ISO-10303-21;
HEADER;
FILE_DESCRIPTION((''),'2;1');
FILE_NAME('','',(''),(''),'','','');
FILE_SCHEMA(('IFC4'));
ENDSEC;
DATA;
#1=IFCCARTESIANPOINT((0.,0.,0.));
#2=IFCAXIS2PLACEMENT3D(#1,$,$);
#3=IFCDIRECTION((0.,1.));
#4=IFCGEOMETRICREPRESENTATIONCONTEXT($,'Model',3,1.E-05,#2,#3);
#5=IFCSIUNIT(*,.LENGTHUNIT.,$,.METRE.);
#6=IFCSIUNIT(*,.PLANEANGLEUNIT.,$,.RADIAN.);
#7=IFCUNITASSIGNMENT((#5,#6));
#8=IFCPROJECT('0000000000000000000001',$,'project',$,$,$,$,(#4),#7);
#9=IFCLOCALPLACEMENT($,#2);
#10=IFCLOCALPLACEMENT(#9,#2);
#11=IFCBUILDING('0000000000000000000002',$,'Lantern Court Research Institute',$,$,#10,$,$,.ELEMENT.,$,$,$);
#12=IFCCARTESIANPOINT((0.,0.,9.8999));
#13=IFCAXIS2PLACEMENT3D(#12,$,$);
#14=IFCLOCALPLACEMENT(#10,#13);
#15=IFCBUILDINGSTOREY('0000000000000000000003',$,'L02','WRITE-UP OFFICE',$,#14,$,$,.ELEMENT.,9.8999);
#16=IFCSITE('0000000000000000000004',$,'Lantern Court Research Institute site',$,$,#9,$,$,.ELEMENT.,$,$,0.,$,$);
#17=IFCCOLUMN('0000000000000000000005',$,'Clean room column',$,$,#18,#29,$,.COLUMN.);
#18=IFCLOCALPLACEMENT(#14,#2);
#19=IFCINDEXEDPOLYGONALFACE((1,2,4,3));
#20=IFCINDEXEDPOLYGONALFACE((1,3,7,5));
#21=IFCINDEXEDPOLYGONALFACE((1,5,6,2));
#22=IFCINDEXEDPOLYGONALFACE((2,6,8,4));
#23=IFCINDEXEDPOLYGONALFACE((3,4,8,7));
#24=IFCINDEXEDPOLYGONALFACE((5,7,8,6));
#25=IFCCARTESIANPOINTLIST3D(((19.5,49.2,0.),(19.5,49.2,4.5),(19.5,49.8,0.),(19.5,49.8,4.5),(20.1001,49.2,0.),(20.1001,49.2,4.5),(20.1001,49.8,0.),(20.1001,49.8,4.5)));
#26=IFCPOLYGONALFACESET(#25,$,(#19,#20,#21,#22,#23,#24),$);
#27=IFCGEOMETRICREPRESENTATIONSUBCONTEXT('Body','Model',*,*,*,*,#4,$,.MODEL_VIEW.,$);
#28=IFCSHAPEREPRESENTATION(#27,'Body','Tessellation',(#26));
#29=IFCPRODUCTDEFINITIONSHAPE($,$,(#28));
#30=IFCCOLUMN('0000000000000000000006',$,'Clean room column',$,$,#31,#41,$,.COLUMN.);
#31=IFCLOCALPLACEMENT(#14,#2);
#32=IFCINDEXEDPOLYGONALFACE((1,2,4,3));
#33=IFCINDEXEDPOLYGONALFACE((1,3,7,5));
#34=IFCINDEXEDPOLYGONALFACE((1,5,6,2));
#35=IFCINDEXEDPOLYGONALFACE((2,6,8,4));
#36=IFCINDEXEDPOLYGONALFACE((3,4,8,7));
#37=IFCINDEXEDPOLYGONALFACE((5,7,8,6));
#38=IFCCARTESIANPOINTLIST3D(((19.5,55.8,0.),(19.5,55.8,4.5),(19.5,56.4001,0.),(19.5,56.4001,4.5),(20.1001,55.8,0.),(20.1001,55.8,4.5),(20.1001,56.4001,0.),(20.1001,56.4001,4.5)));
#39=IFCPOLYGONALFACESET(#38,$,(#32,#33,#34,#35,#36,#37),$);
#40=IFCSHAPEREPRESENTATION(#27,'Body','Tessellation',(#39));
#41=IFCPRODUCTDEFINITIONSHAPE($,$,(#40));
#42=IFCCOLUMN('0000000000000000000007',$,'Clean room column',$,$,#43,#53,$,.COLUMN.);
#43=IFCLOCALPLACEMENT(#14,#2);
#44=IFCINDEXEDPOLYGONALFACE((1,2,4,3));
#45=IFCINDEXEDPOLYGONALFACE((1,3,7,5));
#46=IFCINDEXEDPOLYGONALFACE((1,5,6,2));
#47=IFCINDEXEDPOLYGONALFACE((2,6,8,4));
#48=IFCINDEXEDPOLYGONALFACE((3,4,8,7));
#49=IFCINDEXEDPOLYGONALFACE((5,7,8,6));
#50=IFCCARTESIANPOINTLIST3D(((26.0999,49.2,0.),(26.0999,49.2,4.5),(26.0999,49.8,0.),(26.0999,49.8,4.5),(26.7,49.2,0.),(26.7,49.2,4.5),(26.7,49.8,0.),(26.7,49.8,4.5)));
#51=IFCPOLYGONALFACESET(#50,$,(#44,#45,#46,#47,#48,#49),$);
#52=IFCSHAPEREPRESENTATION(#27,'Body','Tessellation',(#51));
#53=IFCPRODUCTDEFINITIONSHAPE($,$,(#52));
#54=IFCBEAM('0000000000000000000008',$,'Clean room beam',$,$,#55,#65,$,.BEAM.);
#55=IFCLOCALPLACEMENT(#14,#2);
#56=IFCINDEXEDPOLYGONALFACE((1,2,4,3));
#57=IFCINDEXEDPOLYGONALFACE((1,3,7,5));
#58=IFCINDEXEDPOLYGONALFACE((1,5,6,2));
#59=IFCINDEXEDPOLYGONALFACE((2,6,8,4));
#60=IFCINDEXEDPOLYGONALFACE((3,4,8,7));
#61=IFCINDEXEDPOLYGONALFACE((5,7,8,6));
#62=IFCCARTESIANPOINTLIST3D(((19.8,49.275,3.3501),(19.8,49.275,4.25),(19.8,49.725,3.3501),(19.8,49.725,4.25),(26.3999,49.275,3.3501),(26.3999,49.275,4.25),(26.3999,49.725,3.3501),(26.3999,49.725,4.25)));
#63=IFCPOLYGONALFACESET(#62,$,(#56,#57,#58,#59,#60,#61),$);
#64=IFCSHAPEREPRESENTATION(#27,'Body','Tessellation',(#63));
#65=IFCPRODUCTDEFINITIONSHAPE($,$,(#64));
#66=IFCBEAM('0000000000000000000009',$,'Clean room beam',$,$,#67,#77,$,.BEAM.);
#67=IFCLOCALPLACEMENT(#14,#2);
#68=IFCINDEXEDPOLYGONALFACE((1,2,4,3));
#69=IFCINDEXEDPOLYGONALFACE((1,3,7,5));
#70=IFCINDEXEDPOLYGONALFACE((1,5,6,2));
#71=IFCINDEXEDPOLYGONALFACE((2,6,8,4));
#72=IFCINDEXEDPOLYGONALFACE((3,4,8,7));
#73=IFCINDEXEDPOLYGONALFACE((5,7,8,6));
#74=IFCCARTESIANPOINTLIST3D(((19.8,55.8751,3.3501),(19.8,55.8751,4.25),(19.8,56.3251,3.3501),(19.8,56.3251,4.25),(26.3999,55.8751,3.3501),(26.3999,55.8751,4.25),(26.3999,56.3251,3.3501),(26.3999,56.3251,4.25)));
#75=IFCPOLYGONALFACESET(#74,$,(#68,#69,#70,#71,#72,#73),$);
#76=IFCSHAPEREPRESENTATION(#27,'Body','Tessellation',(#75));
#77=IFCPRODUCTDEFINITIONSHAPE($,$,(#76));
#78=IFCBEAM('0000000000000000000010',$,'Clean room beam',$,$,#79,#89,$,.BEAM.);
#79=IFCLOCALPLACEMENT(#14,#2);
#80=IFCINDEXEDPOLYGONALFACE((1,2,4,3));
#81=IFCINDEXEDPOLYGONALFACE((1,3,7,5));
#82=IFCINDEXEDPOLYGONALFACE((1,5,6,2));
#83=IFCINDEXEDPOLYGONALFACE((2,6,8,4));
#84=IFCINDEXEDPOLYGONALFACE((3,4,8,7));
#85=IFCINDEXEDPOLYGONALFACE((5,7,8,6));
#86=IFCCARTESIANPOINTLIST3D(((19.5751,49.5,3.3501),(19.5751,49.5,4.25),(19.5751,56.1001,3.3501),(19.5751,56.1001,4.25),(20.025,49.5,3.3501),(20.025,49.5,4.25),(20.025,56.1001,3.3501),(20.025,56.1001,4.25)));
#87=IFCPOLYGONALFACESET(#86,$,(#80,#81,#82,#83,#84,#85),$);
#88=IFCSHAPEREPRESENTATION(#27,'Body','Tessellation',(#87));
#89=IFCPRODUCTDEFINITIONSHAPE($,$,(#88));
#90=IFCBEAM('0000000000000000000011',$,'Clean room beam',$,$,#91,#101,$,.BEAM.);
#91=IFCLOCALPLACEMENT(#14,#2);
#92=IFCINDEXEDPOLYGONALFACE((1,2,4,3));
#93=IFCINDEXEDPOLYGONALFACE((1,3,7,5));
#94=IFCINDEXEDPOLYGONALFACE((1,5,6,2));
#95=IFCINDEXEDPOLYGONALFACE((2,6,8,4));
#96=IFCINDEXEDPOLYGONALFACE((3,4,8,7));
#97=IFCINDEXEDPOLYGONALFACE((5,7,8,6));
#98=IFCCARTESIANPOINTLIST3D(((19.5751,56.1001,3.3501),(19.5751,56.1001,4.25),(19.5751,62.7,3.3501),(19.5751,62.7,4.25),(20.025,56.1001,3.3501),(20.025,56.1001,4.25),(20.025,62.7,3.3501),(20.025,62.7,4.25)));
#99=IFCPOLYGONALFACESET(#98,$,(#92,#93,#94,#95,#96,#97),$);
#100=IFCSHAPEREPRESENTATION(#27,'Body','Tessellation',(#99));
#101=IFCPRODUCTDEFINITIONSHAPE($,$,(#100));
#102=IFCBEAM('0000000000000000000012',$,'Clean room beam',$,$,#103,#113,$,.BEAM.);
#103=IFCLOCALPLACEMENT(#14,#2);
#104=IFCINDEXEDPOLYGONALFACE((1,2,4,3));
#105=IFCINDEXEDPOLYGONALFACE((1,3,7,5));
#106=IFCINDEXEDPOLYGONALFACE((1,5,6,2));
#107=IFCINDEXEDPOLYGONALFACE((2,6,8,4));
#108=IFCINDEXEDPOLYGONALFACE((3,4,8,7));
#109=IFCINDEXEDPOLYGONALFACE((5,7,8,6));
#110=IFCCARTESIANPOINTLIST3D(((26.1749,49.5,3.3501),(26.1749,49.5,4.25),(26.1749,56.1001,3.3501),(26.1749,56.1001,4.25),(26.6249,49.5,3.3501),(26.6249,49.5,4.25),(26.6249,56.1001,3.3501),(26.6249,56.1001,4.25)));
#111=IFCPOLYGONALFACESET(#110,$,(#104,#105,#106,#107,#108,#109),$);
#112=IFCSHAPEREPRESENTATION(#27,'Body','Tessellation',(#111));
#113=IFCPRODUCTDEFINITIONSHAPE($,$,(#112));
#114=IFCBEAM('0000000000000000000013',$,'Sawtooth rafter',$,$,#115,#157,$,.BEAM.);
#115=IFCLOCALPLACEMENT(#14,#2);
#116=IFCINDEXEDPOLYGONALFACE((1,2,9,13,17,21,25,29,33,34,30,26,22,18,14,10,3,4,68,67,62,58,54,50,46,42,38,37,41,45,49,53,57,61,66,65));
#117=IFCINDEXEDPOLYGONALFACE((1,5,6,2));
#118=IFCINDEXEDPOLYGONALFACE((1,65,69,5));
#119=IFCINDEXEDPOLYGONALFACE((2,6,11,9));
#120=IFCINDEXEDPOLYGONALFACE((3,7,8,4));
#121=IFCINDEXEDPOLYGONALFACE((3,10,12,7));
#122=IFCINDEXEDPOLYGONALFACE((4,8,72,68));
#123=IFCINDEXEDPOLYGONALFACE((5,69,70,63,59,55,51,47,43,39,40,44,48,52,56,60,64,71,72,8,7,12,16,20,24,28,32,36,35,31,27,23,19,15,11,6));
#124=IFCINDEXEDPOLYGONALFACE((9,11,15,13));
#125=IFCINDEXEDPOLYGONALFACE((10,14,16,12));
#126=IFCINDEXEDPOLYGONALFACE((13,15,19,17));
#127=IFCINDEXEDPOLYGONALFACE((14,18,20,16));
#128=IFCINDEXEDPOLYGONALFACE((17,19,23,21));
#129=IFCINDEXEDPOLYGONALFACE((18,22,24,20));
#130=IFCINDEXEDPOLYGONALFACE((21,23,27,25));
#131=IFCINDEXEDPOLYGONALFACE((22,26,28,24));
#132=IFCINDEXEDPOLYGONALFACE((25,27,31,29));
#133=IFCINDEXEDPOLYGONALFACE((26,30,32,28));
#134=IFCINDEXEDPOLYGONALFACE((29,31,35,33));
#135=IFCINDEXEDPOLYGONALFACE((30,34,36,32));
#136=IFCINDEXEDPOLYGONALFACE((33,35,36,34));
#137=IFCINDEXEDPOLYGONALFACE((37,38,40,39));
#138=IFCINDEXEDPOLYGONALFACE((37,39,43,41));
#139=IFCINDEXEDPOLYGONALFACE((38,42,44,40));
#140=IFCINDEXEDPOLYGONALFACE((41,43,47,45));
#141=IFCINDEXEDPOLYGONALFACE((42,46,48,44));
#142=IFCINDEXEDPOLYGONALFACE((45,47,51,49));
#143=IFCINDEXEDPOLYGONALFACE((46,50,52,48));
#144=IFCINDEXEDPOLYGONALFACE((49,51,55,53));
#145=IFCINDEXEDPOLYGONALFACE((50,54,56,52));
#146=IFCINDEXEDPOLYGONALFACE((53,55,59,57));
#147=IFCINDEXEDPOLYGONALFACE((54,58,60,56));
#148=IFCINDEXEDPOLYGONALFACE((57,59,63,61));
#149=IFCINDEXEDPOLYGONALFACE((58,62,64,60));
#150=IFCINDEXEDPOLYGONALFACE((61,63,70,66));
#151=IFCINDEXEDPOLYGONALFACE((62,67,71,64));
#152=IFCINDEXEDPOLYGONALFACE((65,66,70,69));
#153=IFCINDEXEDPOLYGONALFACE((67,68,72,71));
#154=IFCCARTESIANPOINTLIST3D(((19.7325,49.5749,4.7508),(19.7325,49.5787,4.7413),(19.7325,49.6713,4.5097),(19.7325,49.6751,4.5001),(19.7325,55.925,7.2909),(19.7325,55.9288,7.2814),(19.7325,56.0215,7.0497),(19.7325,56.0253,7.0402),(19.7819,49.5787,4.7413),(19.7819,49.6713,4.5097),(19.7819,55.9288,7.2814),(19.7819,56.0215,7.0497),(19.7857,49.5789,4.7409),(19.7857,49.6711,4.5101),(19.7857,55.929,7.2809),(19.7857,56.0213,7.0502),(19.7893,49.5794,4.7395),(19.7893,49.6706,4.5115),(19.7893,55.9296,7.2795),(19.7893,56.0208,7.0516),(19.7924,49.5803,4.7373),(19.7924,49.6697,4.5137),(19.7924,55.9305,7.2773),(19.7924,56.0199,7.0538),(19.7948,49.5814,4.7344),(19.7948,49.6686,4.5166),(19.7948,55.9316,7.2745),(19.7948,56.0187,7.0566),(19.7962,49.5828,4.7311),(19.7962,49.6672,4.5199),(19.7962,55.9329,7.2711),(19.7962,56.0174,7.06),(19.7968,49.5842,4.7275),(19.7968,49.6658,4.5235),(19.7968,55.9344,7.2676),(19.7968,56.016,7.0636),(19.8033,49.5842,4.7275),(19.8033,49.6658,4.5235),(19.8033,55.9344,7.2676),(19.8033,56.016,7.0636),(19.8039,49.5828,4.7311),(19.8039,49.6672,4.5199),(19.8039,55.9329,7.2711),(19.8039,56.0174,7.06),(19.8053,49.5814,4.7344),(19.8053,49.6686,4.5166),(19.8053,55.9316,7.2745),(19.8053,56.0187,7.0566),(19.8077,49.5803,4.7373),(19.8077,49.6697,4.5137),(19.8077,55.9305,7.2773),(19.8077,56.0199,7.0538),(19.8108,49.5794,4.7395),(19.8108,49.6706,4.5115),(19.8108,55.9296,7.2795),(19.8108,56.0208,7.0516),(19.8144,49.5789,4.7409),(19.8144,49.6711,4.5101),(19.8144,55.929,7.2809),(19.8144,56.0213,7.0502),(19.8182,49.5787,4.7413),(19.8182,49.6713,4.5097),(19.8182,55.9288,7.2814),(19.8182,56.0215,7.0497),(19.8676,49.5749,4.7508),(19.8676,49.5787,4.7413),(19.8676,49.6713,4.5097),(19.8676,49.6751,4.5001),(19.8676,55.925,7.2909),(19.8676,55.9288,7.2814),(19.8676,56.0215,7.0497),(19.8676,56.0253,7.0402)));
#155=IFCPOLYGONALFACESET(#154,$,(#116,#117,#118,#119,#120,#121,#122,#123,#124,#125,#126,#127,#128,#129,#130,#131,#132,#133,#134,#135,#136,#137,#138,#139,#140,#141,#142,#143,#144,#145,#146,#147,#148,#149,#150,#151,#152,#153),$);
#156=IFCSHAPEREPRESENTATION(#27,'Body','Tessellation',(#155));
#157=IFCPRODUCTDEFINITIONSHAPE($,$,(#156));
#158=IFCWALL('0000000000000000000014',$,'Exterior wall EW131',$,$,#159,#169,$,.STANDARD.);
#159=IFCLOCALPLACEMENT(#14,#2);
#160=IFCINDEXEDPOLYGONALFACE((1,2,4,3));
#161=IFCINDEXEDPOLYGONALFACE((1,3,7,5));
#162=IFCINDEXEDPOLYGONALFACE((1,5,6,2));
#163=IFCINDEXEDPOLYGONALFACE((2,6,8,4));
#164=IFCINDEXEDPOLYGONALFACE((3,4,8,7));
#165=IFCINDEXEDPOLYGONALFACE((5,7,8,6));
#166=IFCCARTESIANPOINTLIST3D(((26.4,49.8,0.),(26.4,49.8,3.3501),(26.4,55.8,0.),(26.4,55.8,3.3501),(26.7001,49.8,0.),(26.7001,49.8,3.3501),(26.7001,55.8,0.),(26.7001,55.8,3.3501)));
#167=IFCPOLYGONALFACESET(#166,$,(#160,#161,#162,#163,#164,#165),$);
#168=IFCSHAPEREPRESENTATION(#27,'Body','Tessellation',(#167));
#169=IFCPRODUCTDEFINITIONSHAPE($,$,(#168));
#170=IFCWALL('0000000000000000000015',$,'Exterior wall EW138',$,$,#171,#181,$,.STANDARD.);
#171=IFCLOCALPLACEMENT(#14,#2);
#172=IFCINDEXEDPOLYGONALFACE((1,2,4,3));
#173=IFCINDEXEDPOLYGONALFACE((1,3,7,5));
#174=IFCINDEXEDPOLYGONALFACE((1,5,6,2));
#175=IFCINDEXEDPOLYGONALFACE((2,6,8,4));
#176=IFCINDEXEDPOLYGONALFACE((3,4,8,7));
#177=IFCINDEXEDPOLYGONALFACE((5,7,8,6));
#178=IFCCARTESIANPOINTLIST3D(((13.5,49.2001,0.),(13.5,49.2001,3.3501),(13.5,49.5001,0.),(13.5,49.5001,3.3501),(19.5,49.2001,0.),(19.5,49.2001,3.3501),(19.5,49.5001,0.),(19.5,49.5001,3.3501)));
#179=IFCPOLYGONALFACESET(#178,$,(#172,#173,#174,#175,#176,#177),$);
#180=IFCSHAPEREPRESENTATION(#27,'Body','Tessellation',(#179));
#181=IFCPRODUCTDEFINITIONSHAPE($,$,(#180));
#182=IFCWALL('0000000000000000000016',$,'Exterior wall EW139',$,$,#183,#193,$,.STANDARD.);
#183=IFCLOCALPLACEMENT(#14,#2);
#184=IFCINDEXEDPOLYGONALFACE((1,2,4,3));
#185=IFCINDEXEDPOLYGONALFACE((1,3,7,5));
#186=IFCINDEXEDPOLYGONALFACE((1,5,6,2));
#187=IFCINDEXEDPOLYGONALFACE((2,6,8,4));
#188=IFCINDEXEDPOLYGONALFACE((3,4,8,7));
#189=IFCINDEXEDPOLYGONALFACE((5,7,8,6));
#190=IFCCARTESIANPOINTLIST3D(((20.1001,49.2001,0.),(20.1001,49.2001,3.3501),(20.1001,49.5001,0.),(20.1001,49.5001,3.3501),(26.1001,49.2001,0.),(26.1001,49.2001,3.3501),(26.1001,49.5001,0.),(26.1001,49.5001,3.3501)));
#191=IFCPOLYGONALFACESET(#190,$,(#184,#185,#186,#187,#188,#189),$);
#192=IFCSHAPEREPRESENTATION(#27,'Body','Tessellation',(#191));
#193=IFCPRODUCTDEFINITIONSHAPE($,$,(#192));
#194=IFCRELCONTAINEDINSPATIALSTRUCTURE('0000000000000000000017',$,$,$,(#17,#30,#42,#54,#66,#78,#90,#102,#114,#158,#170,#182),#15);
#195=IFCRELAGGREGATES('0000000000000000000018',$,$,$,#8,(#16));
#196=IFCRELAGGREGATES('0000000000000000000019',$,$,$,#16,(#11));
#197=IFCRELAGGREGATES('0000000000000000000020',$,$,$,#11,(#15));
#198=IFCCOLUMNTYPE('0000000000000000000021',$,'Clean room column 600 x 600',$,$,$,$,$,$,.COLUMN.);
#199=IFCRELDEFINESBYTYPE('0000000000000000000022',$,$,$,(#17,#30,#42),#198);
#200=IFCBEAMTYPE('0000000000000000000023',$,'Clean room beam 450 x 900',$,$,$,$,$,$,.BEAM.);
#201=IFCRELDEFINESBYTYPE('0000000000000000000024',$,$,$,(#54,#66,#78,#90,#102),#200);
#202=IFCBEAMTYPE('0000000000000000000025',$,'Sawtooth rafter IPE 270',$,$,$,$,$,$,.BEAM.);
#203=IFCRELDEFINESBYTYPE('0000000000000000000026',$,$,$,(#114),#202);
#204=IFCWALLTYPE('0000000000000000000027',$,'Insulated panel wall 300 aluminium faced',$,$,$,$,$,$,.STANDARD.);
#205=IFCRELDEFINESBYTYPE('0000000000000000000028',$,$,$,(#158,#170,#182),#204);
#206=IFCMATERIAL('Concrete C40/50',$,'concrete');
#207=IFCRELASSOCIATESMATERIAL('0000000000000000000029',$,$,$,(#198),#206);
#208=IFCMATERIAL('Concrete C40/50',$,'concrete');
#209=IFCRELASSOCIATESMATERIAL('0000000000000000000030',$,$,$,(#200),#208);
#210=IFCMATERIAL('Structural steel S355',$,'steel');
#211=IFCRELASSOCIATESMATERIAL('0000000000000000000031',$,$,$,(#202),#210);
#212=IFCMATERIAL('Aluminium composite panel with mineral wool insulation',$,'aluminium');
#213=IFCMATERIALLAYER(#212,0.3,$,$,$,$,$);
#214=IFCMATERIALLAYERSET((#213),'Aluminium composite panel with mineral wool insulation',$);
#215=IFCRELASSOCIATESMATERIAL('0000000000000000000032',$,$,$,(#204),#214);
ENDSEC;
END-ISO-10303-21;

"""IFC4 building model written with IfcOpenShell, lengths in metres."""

from ifc_helpers import new_model, si_unit, direction, frame, frame_2d, origin, origin_2d, place, context, subcontext, project, spatial, rectangle, i_section, extrude, material, layer, layer_set, material_profile, profile_set, type_object, element, save


model = new_model("IFC4")

# Units and contexts
model_context = context("Model", 3, precision=1e-05, world=origin(), true_north=direction((0.0, 1.0)))
body_context = subcontext(model_context, "Body", "Model", "MODEL_VIEW")
ifc_project = project(units=[si_unit("LENGTHUNIT", "METRE"), si_unit("PLANEANGLEUNIT", "RADIAN")], contexts=[model_context])

# Site, building, storey
site_placement = place(None, origin())
site = spatial("IfcSite", under=ifc_project, at=site_placement, Name="Lantern Court Research Institute site", CompositionType="ELEMENT", RefElevation=0.0)
building_placement = place(site_placement, origin())
building = spatial("IfcBuilding", under=site, at=building_placement, Name="Lantern Court Research Institute", CompositionType="ELEMENT")
storey_placement = place(building_placement, frame((0.0, 0.0, 9.8999)))
storey = spatial("IfcBuildingStorey", under=building, at=storey_placement, Name="L02", Description="WRITE-UP OFFICE", CompositionType="ELEMENT", Elevation=9.8999)

# Columns
ifc_material_1 = material(Name="Concrete C40/50", Category="concrete")
ifc_material_profile_1 = material_profile(ifc_material_1, rectangle(XDim=0.6001, YDim=0.6001, at=origin_2d()), Name="Clean room column 600 x 600")
ifc_profile_set_1 = profile_set([ifc_material_profile_1], Name="Concrete C40/50")
column_type = type_object("IfcColumnType", Name="Clean room column 600 x 600", PredefinedType="COLUMN", material=ifc_profile_set_1)
for number, where, z_axis, x_axis, name in (
    (1, (19.8, 49.5, 0.0), (0.0, 0.0, 1.0), (1.0, 0.0, 0.0), "Clean room column"),
    (2, (19.8, 56.1001, 0.0), (0.0, 0.0, 1.0), (1.0, 0.0, 0.0), "Clean room column"),
    (3, (26.3999, 49.5, 0.0), (0.0, 0.0, 1.0), (1.0, 0.0, 0.0), "Clean room column"),
):
    element("IfcColumn", number, at=place(storey_placement, frame(where, z_axis=z_axis, x_axis=x_axis)), inside=storey, type_object=column_type, Name=name, PredefinedType="COLUMN", context=body_context, shape_type="SweptSolid", body=[
        extrude(rectangle(XDim=0.6001, YDim=0.6001, at=origin_2d()), origin(), (0.0, 0.0, 1.0), 4.5),
    ])

# Beams
ifc_material_2 = material(Name="Concrete C40/50", Category="concrete")
ifc_material_profile_2 = material_profile(ifc_material_2, rectangle(XDim=0.45, YDim=0.8999, at=origin_2d()), Name="Clean room beam 450 x 900")
ifc_profile_set_2 = profile_set([ifc_material_profile_2], Name="Concrete C40/50")
beam_type_1 = type_object("IfcBeamType", Name="Clean room beam 450 x 900", PredefinedType="BEAM", material=ifc_profile_set_2)
for number, where, z_axis, x_axis, name in (
    (4, (19.8, 49.5, 3.8), (1.0, 0.0, 0.0), (0.0, 1.0, 0.0), "Clean room beam"),
    (5, (19.8, 56.1001, 3.8), (1.0, 0.0, 0.0), (0.0, 1.0, 0.0), "Clean room beam"),
):
    element("IfcBeam", number, at=place(storey_placement, frame(where, z_axis=z_axis, x_axis=x_axis)), inside=storey, type_object=beam_type_1, Name=name, PredefinedType="BEAM", context=body_context, shape_type="SweptSolid", body=[
        extrude(rectangle(XDim=0.45, YDim=0.8999, at=origin_2d()), origin(), (0.0, 0.0, 1.0), 6.5999),
    ])
beam_1_placement = place(storey_placement, frame((19.8, 49.5, 3.8), z_axis=(0.0, 1.0, 0.0), x_axis=(-1.0, 0.0, 0.0)))
element("IfcBeam", 6, at=beam_1_placement, inside=storey, type_object=beam_type_1, Name="Clean room beam", PredefinedType="BEAM", context=body_context, shape_type="SweptSolid", body=[
    extrude(rectangle(XDim=0.45, YDim=0.8999, at=origin_2d()), origin(), (0.0, 0.0, 1.0), 6.6001),
])
beam_2_placement = place(storey_placement, frame((19.8, 56.1001, 3.8), z_axis=(0.0, 1.0, 0.0), x_axis=(-1.0, 0.0, 0.0)))
element("IfcBeam", 7, at=beam_2_placement, inside=storey, type_object=beam_type_1, Name="Clean room beam", PredefinedType="BEAM", context=body_context, shape_type="SweptSolid", body=[
    extrude(rectangle(XDim=0.45, YDim=0.8999, at=origin_2d()), origin(), (0.0, 0.0, 1.0), 6.5999),
])
beam_3_placement = place(storey_placement, frame((26.3999, 49.5, 3.8), z_axis=(0.0, 1.0, 0.0), x_axis=(-1.0, 0.0, 0.0)))
element("IfcBeam", 8, at=beam_3_placement, inside=storey, type_object=beam_type_1, Name="Clean room beam", PredefinedType="BEAM", context=body_context, shape_type="SweptSolid", body=[
    extrude(rectangle(XDim=0.45, YDim=0.8999, at=origin_2d()), origin(), (0.0, 0.0, 1.0), 6.6001),
])
ifc_material_3 = material(Name="Structural steel S355", Category="steel")
ifc_material_profile_3 = material_profile(ifc_material_3, i_section(OverallWidth=0.135, OverallDepth=0.27, WebThickness=0.0066, FlangeThickness=0.0103, FilletRadius=0.0149, at=origin_2d()), Name="IPE 270")
ifc_profile_set_3 = profile_set([ifc_material_profile_3], Name="Structural steel S355")
beam_type_2 = type_object("IfcBeamType", Name="Sawtooth rafter IPE 270", PredefinedType="BEAM", material=ifc_profile_set_3)
beam_4_placement = place(storey_placement, frame((19.8, 49.625, 4.6255), z_axis=(0.0, 0.928477, 0.371391), x_axis=(-1.0, 0.0, 0.0)))
element("IfcBeam", 9, at=beam_4_placement, inside=storey, type_object=beam_type_2, Name="Sawtooth rafter", PredefinedType="BEAM", context=body_context, shape_type="SweptSolid", body=[
    extrude(i_section(OverallWidth=0.135, OverallDepth=0.27, WebThickness=0.0066, FlangeThickness=0.0103, FilletRadius=0.0149, at=origin_2d()), origin(), (0.0, 0.0, 1.0), 6.8394),
])

# Walls
ifc_material_4 = material(Name="Aluminium composite panel with mineral wool insulation", Category="aluminium")
ifc_layer_1 = layer(ifc_material_4, 0.3)
ifc_layer_set_1 = layer_set([ifc_layer_1], Name="Aluminium composite panel with mineral wool insulation")
wall_type = type_object("IfcWallType", Name="Insulated panel wall 300 aluminium faced", PredefinedType="STANDARD", material=ifc_layer_set_1)
for number, where, z_axis, x_axis, name in (
    (10, (26.55, 55.8, 0.0), (0.0, 0.0, 1.0), (0.0, -1.0, 0.0), "Exterior wall EW131"),
    (11, (19.5, 49.3501, 0.0), (0.0, 0.0, 1.0), (-1.0, 0.0, 0.0), "Exterior wall EW138"),
    (12, (26.1001, 49.3501, 0.0), (0.0, 0.0, 1.0), (-1.0, 0.0, 0.0), "Exterior wall EW139"),
):
    element("IfcWall", number, at=place(storey_placement, frame(where, z_axis=z_axis, x_axis=x_axis)), inside=storey, type_object=wall_type, Name=name, PredefinedType="STANDARD", context=body_context, shape_type="SweptSolid", body=[
        extrude(rectangle(XDim=6.0, YDim=0.3, at=frame_2d((3.0, 0.0))), origin(), (0.0, 0.0, 1.0), 3.3501),
    ])

save(model, "model.ifc")
